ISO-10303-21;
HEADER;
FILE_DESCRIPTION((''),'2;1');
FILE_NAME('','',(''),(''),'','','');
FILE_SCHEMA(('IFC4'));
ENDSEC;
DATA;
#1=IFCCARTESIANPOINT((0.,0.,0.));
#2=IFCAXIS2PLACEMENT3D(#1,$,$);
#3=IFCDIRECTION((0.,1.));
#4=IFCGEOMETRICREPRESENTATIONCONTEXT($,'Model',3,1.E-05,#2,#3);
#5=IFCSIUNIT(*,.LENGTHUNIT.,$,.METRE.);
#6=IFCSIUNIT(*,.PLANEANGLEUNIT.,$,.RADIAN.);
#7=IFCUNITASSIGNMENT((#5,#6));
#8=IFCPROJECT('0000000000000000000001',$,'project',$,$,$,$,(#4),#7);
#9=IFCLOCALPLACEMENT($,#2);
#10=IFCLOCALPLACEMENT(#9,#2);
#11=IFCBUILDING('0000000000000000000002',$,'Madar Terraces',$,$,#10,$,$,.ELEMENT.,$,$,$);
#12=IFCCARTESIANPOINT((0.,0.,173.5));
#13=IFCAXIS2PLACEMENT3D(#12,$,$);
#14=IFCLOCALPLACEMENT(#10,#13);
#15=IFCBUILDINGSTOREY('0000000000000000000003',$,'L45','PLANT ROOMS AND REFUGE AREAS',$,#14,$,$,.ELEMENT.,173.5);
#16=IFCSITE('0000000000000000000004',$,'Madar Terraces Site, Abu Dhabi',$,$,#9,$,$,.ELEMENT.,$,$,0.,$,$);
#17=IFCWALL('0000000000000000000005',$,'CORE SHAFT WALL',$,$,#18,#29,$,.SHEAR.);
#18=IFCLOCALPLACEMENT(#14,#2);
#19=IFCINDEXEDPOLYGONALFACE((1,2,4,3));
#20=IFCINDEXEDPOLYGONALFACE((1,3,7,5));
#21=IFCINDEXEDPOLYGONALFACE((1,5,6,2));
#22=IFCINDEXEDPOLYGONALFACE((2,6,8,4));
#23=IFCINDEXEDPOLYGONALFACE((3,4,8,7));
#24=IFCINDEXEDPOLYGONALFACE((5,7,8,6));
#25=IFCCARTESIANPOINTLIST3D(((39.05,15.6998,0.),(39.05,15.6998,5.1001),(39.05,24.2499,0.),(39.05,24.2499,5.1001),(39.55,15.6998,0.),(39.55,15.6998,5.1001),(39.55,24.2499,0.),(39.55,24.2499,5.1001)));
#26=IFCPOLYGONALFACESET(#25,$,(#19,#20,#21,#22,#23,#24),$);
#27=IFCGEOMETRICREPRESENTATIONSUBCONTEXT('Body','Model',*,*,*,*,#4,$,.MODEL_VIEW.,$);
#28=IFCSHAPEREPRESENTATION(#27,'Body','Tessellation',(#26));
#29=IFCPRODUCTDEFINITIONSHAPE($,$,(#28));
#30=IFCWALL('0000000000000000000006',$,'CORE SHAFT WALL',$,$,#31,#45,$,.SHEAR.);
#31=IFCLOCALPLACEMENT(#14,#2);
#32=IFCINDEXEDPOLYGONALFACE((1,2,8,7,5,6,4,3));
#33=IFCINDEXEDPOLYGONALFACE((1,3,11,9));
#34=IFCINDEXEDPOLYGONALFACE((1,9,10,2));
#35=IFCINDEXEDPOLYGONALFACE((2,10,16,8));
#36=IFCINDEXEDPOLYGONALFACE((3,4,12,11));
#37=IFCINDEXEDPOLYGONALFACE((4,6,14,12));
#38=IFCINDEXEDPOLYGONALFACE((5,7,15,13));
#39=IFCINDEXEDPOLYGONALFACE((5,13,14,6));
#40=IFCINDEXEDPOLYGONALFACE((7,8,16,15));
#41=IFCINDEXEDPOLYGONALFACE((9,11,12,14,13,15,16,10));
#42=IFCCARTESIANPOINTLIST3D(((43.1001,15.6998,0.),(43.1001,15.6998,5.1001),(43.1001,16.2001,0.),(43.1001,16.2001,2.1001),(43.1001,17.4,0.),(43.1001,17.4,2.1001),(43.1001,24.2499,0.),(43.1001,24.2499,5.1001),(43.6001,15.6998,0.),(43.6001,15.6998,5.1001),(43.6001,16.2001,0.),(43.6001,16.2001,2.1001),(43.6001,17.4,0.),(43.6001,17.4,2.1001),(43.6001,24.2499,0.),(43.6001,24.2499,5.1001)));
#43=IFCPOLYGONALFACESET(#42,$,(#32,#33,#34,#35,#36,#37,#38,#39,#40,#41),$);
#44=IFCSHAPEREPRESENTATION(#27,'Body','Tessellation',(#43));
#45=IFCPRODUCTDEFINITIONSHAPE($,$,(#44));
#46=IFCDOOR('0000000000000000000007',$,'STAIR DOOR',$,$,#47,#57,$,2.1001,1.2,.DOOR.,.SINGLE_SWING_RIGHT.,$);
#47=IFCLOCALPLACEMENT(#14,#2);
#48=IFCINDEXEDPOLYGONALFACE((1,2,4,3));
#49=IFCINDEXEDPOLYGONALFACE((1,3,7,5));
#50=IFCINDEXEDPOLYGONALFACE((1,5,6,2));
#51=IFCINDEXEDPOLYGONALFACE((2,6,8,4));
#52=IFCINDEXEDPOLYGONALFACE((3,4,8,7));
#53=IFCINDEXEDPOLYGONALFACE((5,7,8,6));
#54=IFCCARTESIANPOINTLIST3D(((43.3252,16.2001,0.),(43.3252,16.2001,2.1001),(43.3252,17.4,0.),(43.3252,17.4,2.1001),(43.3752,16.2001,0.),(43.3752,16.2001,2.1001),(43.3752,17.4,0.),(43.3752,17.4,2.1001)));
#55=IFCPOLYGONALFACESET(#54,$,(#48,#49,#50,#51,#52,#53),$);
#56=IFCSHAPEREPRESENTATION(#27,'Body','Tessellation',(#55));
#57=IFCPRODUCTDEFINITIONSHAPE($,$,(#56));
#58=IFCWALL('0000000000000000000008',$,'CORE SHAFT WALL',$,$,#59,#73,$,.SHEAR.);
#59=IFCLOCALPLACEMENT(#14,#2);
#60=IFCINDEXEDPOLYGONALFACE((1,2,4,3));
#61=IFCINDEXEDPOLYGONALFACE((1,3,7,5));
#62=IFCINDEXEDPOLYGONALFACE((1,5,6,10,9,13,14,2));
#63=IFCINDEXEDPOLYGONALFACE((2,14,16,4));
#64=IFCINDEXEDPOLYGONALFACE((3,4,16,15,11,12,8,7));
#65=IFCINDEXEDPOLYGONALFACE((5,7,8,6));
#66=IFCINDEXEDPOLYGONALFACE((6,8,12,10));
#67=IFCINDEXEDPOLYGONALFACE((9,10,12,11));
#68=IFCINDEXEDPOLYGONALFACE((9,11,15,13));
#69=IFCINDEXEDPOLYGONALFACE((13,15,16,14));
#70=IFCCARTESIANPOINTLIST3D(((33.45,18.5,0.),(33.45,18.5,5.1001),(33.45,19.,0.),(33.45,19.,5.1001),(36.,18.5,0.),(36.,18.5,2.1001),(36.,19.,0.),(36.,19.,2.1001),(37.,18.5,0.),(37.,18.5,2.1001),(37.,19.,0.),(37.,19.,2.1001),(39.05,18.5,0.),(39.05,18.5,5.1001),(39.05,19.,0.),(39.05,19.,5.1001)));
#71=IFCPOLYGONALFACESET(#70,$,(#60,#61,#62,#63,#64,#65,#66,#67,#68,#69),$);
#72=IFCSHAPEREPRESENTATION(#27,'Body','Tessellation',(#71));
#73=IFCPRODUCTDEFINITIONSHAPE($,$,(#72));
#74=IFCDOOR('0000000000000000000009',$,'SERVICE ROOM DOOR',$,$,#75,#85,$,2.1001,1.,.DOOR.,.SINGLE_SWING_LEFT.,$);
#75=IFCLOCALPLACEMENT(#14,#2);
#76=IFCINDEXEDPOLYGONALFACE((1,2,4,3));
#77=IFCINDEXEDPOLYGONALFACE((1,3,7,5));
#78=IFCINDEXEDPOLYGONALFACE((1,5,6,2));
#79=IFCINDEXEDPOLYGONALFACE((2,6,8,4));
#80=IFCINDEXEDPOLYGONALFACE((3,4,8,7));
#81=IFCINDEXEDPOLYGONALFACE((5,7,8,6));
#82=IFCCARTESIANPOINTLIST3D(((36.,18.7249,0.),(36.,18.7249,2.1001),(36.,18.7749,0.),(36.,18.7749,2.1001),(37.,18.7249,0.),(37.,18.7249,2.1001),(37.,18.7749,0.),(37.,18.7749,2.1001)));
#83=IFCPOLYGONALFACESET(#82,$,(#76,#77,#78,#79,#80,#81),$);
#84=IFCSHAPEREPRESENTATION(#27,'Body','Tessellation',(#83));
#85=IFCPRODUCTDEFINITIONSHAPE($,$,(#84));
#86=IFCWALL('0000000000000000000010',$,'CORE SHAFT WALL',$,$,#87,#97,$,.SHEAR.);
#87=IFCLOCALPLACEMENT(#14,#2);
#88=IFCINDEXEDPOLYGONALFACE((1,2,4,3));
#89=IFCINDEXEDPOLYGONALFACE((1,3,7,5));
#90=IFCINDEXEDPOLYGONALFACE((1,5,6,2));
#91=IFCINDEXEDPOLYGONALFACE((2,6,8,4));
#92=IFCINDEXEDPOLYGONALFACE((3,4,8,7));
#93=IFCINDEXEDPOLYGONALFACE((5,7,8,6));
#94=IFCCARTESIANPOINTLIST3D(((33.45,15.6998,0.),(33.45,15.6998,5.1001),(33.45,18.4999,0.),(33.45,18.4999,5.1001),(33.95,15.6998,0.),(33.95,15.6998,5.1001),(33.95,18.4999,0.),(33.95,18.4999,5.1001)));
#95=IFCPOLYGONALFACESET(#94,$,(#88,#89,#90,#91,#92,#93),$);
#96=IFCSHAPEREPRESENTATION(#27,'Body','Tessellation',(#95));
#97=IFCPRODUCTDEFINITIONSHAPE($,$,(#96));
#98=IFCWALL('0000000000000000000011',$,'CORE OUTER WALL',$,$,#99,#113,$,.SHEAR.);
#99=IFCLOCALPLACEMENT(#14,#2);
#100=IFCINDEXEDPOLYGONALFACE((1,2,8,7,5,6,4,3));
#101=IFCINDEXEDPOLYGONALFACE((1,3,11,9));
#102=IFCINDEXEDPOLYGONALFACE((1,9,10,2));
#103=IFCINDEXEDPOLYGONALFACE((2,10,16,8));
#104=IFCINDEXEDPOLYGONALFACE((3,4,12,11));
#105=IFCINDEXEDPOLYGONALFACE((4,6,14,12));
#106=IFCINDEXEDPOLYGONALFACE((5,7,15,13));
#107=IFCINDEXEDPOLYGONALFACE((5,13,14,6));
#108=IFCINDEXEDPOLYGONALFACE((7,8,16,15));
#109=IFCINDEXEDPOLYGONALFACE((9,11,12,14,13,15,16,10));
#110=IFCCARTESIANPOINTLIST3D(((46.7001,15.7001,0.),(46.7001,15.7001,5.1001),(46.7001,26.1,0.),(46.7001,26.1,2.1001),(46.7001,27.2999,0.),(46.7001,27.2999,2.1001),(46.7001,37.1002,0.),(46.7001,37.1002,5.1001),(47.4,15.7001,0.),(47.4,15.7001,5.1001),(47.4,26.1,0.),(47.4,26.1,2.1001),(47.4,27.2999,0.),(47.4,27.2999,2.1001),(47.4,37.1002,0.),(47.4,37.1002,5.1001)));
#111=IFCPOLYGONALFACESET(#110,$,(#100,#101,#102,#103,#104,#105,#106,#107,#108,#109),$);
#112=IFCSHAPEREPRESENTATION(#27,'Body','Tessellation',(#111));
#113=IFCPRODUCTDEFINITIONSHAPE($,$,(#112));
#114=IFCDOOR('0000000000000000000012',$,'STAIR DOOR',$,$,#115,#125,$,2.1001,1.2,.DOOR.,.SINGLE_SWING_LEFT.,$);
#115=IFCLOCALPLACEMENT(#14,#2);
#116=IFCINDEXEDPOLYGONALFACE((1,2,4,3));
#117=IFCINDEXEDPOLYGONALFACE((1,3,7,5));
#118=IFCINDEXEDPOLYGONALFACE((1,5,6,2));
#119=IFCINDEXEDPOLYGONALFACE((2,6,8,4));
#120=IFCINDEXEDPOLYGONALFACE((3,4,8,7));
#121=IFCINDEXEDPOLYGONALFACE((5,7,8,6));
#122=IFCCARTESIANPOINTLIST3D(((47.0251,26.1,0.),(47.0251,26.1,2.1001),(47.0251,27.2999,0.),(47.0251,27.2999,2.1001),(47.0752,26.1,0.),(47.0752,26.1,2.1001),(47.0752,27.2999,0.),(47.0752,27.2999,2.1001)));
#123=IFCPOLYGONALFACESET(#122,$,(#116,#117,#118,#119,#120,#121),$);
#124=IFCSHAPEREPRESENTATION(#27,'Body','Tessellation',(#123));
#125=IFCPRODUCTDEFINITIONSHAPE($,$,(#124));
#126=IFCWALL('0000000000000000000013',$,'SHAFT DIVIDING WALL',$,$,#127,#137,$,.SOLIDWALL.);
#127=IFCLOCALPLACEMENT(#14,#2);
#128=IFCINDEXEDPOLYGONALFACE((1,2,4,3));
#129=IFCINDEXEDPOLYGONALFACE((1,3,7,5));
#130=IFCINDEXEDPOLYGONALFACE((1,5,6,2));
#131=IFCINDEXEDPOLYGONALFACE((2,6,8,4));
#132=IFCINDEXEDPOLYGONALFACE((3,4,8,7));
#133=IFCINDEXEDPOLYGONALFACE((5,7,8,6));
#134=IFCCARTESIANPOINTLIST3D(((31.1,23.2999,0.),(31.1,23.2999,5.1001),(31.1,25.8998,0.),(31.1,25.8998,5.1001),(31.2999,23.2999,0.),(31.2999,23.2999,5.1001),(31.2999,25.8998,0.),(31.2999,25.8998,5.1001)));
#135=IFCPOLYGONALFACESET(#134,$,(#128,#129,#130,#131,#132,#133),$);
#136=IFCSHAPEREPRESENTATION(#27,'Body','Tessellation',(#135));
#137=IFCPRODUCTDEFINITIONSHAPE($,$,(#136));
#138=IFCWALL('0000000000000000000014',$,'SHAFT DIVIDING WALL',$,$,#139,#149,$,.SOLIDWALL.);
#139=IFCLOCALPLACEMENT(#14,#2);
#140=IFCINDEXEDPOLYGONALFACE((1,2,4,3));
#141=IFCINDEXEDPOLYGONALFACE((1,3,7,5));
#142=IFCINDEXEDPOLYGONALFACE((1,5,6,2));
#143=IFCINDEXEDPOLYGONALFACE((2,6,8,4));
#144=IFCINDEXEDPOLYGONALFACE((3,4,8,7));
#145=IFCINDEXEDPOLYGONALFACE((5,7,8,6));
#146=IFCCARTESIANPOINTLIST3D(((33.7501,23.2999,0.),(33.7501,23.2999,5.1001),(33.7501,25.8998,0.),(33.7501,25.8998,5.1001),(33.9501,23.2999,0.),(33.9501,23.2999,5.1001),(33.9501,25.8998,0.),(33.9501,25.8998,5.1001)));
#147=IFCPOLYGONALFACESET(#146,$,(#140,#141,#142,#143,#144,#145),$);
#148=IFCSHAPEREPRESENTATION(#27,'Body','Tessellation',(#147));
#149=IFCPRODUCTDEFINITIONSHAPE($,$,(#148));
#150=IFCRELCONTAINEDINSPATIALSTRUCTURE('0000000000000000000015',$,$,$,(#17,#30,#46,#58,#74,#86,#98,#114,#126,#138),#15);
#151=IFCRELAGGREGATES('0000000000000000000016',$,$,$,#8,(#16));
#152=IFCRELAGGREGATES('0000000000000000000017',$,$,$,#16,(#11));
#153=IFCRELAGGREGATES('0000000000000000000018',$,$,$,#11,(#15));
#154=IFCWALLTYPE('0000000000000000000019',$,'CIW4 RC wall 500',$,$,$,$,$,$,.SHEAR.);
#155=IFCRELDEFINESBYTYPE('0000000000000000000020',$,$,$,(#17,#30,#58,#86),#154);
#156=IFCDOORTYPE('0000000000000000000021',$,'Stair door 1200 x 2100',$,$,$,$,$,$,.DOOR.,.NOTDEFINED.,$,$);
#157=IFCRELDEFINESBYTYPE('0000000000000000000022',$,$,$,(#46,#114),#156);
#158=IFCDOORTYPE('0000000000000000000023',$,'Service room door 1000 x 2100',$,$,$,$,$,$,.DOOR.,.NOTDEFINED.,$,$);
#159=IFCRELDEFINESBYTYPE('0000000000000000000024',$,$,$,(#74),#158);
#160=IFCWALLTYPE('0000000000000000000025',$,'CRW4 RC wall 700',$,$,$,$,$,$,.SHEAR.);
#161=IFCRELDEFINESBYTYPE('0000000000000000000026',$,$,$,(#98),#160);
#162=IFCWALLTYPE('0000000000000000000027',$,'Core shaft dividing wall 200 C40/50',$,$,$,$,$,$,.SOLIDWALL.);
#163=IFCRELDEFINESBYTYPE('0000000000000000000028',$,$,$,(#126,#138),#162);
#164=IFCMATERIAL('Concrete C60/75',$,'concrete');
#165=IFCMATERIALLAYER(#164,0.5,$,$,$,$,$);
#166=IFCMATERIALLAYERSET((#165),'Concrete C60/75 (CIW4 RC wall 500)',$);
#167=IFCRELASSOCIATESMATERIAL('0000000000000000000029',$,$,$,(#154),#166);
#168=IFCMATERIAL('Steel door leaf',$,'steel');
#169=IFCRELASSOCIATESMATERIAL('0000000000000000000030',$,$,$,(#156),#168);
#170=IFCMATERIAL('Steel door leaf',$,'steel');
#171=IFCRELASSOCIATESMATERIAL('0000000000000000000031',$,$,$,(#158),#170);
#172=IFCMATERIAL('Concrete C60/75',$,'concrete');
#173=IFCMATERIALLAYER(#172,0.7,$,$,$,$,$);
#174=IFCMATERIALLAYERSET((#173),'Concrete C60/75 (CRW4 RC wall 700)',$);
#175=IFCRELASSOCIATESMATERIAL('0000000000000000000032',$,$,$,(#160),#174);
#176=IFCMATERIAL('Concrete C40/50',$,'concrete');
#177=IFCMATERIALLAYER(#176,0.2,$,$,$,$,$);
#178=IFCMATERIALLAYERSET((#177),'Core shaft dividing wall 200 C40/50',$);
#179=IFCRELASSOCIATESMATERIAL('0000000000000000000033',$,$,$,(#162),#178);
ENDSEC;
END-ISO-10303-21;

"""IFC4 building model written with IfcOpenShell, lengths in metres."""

from ifc_helpers import new_model, si_unit, direction, frame, frame_2d, origin, place, context, subcontext, project, spatial, rectangle, extrude, material, layer, layer_set, type_object, element, fill, save


model = new_model("IFC4")

# Units and contexts
model_context = context("Model", 3, precision=1e-05, world=origin(), true_north=direction((0.0, 1.0)))
body_context = subcontext(model_context, "Body", "Model", "MODEL_VIEW")
ifc_project = project(units=[si_unit("LENGTHUNIT", "METRE"), si_unit("PLANEANGLEUNIT", "RADIAN")], contexts=[model_context])

# Site, building, storey
site_placement = place(None, origin())
site = spatial("IfcSite", under=ifc_project, at=site_placement, Name="Madar Terraces Site, Abu Dhabi", CompositionType="ELEMENT", RefElevation=0.0)
building_placement = place(site_placement, origin())
building = spatial("IfcBuilding", under=site, at=building_placement, Name="Madar Terraces", CompositionType="ELEMENT")
storey_placement = place(building_placement, frame((0.0, 0.0, 173.5)))
storey = spatial("IfcBuildingStorey", under=building, at=storey_placement, Name="L45", Description="PLANT ROOMS AND REFUGE AREAS", CompositionType="ELEMENT", Elevation=173.5)

# Wall
ifc_material_1 = material(Name="Concrete C60/75", Category="concrete")
ifc_layer_1 = layer(ifc_material_1, 0.5)
ifc_layer_set_1 = layer_set([ifc_layer_1], Name="Concrete C60/75 (CIW4 RC wall 500)")
wall_type_1 = type_object("IfcWallType", Name="CIW4 RC wall 500", PredefinedType="SHEAR", material=ifc_layer_set_1)
wall_1_placement = place(storey_placement, frame((39.3, 15.7, 0.0), z_axis=(0.0, 0.0, 1.0), x_axis=(0.0, 1.0, 0.0)))
element("IfcWall", 1, at=wall_1_placement, inside=storey, type_object=wall_type_1, Name="CORE SHAFT WALL", PredefinedType="SHEAR", context=body_context, shape_type="SweptSolid", body=[
    extrude(rectangle(XDim=8.55, YDim=0.5, at=frame_2d((4.2749, 0.0))), origin(), (0.0, 0.0, 1.0), 5.1001),
])

# Walls, openings, doors
wall_2_placement = place(storey_placement, frame((43.3501, 15.7, 0.0), z_axis=(0.0, 0.0, 1.0), x_axis=(0.0, 1.0, 0.0)))
wall_2 = element("IfcWall", 2, at=wall_2_placement, inside=storey, type_object=wall_type_1, Name="CORE SHAFT WALL", PredefinedType="SHEAR", context=body_context, shape_type="SweptSolid", body=[
    extrude(rectangle(XDim=8.55, YDim=0.5, at=frame_2d((4.2749, 0.0))), origin(), (0.0, 0.0, 1.0), 5.1001),
])
opening_1_placement = place(wall_2_placement, frame((0.5, 0.0, 0.0)))
opening_1 = element("IfcOpeningElement", 3, at=opening_1_placement, cuts=wall_2, PredefinedType="OPENING", context=body_context, shape_type="SweptSolid", body=[
    extrude(rectangle(XDim=1.2, YDim=2.1001, at=frame_2d((0.6001, 1.05))), frame((0.0, 0.26, 0.0), z_axis=(0.0, -1.0, 0.0), x_axis=(1.0, 0.0, 0.0)), (0.0, 0.0, 1.0), 0.52),
])
ifc_material_2 = material(Name="Steel door leaf", Category="steel")
door_type_1 = type_object("IfcDoorType", Name="Stair door 1200 x 2100", OperationType="NOTDEFINED", PredefinedType="DOOR", material=ifc_material_2)
door_1_placement = place(opening_1_placement, origin())
door_1 = element("IfcDoor", 4, at=door_1_placement, inside=storey, type_object=door_type_1, Name="STAIR DOOR", OperationType="SINGLE_SWING_RIGHT", OverallHeight=2.1001, OverallWidth=1.2, PredefinedType="DOOR", context=body_context, shape_type="SweptSolid", body=[
    extrude(rectangle(XDim=1.2, YDim=2.1001, at=frame_2d((0.6001, 1.05))), frame((0.0, 0.0249, 0.0), z_axis=(0.0, -1.0, 0.0), x_axis=(1.0, 0.0, 0.0)), (0.0, 0.0, 1.0), 0.05),
])
fill(opening_1, door_1)
wall_3_placement = place(storey_placement, frame((33.45, 18.75, 0.0), z_axis=(0.0, 0.0, 1.0), x_axis=(1.0, 0.0, 0.0)))
wall_3 = element("IfcWall", 5, at=wall_3_placement, inside=storey, type_object=wall_type_1, Name="CORE SHAFT WALL", PredefinedType="SHEAR", context=body_context, shape_type="SweptSolid", body=[
    extrude(rectangle(XDim=5.6001, YDim=0.5, at=frame_2d((2.8, 0.0))), origin(), (0.0, 0.0, 1.0), 5.1001),
])
opening_2_placement = place(wall_3_placement, frame((2.55, 0.0, 0.0)))
opening_2 = element("IfcOpeningElement", 6, at=opening_2_placement, cuts=wall_3, PredefinedType="OPENING", context=body_context, shape_type="SweptSolid", body=[
    extrude(rectangle(XDim=1.0, YDim=2.1001, at=frame_2d((0.5, 1.05))), frame((0.0, 0.26, 0.0), z_axis=(0.0, -1.0, 0.0), x_axis=(1.0, 0.0, 0.0)), (0.0, 0.0, 1.0), 0.52),
])
ifc_material_3 = material(Name="Steel door leaf", Category="steel")
door_type_2 = type_object("IfcDoorType", Name="Service room door 1000 x 2100", OperationType="NOTDEFINED", PredefinedType="DOOR", material=ifc_material_3)
door_2_placement = place(opening_2_placement, origin())
door_2 = element("IfcDoor", 7, at=door_2_placement, inside=storey, type_object=door_type_2, Name="SERVICE ROOM DOOR", OperationType="SINGLE_SWING_LEFT", OverallHeight=2.1001, OverallWidth=1.0, PredefinedType="DOOR", context=body_context, shape_type="SweptSolid", body=[
    extrude(rectangle(XDim=1.0, YDim=2.1001, at=frame_2d((0.5, 1.05))), frame((0.0, 0.0249, 0.0), z_axis=(0.0, -1.0, 0.0), x_axis=(1.0, 0.0, 0.0)), (0.0, 0.0, 1.0), 0.05),
])
fill(opening_2, door_2)

# Wall
wall_4_placement = place(storey_placement, frame((33.7, 15.7, 0.0), z_axis=(0.0, 0.0, 1.0), x_axis=(0.0, 1.0, 0.0)))
element("IfcWall", 8, at=wall_4_placement, inside=storey, type_object=wall_type_1, Name="CORE SHAFT WALL", PredefinedType="SHEAR", context=body_context, shape_type="SweptSolid", body=[
    extrude(rectangle(XDim=2.8, YDim=0.5, at=frame_2d((1.3999, 0.0))), origin(), (0.0, 0.0, 1.0), 5.1001),
])

# Wall, opening, door
ifc_material_4 = material(Name="Concrete C60/75", Category="concrete")
ifc_layer_2 = layer(ifc_material_4, 0.7)
ifc_layer_set_2 = layer_set([ifc_layer_2], Name="Concrete C60/75 (CRW4 RC wall 700)")
wall_type_2 = type_object("IfcWallType", Name="CRW4 RC wall 700", PredefinedType="SHEAR", material=ifc_layer_set_2)
wall_5_placement = place(storey_placement, frame((47.05, 15.7, 0.0), z_axis=(0.0, 0.0, 1.0), x_axis=(0.0, 1.0, 0.0)))
wall_5 = element("IfcWall", 9, at=wall_5_placement, inside=storey, type_object=wall_type_2, Name="CORE OUTER WALL", PredefinedType="SHEAR", context=body_context, shape_type="SweptSolid", body=[
    extrude(rectangle(XDim=21.4001, YDim=0.7, at=frame_2d((10.7002, 0.0))), origin(), (0.0, 0.0, 1.0), 5.1001),
])
opening_3_placement = place(wall_5_placement, frame((10.3999, 0.0, 0.0)))
opening_3 = element("IfcOpeningElement", 10, at=opening_3_placement, cuts=wall_5, PredefinedType="OPENING", context=body_context, shape_type="SweptSolid", body=[
    extrude(rectangle(XDim=1.2, YDim=2.1001, at=frame_2d((0.6001, 1.05))), frame((0.0, 0.3599, 0.0), z_axis=(0.0, -1.0, 0.0), x_axis=(1.0, 0.0, 0.0)), (0.0, 0.0, 1.0), 0.72),
])
door_3_placement = place(opening_3_placement, origin())
door_3 = element("IfcDoor", 11, at=door_3_placement, inside=storey, type_object=door_type_1, Name="STAIR DOOR", OperationType="SINGLE_SWING_LEFT", OverallHeight=2.1001, OverallWidth=1.2, PredefinedType="DOOR", context=body_context, shape_type="SweptSolid", body=[
    extrude(rectangle(XDim=1.2, YDim=2.1001, at=frame_2d((0.6001, 1.05))), frame((0.0, 0.0249, 0.0), z_axis=(0.0, -1.0, 0.0), x_axis=(1.0, 0.0, 0.0)), (0.0, 0.0, 1.0), 0.05),
])
fill(opening_3, door_3)

# Walls
ifc_material_5 = material(Name="Concrete C40/50", Category="concrete")
ifc_layer_3 = layer(ifc_material_5, 0.2)
ifc_layer_set_3 = layer_set([ifc_layer_3], Name="Core shaft dividing wall 200 C40/50")
wall_type_3 = type_object("IfcWallType", Name="Core shaft dividing wall 200 C40/50", PredefinedType="SOLIDWALL", material=ifc_layer_set_3)
for number, where, z_axis, x_axis, name in (
    (12, (31.2, 23.3, 0.0), (0.0, 0.0, 1.0), (0.0, 1.0, 0.0), "SHAFT DIVIDING WALL"),
    (13, (33.8501, 23.3, 0.0), (0.0, 0.0, 1.0), (0.0, 1.0, 0.0), "SHAFT DIVIDING WALL"),
):
    element("IfcWall", number, at=place(storey_placement, frame(where, z_axis=z_axis, x_axis=x_axis)), inside=storey, type_object=wall_type_3, Name=name, PredefinedType="SOLIDWALL", context=body_context, shape_type="SweptSolid", body=[
        extrude(rectangle(XDim=2.5999, YDim=0.2, at=frame_2d((1.2998, 0.0))), origin(), (0.0, 0.0, 1.0), 5.1001),
    ])

save(model, "model.ifc")
